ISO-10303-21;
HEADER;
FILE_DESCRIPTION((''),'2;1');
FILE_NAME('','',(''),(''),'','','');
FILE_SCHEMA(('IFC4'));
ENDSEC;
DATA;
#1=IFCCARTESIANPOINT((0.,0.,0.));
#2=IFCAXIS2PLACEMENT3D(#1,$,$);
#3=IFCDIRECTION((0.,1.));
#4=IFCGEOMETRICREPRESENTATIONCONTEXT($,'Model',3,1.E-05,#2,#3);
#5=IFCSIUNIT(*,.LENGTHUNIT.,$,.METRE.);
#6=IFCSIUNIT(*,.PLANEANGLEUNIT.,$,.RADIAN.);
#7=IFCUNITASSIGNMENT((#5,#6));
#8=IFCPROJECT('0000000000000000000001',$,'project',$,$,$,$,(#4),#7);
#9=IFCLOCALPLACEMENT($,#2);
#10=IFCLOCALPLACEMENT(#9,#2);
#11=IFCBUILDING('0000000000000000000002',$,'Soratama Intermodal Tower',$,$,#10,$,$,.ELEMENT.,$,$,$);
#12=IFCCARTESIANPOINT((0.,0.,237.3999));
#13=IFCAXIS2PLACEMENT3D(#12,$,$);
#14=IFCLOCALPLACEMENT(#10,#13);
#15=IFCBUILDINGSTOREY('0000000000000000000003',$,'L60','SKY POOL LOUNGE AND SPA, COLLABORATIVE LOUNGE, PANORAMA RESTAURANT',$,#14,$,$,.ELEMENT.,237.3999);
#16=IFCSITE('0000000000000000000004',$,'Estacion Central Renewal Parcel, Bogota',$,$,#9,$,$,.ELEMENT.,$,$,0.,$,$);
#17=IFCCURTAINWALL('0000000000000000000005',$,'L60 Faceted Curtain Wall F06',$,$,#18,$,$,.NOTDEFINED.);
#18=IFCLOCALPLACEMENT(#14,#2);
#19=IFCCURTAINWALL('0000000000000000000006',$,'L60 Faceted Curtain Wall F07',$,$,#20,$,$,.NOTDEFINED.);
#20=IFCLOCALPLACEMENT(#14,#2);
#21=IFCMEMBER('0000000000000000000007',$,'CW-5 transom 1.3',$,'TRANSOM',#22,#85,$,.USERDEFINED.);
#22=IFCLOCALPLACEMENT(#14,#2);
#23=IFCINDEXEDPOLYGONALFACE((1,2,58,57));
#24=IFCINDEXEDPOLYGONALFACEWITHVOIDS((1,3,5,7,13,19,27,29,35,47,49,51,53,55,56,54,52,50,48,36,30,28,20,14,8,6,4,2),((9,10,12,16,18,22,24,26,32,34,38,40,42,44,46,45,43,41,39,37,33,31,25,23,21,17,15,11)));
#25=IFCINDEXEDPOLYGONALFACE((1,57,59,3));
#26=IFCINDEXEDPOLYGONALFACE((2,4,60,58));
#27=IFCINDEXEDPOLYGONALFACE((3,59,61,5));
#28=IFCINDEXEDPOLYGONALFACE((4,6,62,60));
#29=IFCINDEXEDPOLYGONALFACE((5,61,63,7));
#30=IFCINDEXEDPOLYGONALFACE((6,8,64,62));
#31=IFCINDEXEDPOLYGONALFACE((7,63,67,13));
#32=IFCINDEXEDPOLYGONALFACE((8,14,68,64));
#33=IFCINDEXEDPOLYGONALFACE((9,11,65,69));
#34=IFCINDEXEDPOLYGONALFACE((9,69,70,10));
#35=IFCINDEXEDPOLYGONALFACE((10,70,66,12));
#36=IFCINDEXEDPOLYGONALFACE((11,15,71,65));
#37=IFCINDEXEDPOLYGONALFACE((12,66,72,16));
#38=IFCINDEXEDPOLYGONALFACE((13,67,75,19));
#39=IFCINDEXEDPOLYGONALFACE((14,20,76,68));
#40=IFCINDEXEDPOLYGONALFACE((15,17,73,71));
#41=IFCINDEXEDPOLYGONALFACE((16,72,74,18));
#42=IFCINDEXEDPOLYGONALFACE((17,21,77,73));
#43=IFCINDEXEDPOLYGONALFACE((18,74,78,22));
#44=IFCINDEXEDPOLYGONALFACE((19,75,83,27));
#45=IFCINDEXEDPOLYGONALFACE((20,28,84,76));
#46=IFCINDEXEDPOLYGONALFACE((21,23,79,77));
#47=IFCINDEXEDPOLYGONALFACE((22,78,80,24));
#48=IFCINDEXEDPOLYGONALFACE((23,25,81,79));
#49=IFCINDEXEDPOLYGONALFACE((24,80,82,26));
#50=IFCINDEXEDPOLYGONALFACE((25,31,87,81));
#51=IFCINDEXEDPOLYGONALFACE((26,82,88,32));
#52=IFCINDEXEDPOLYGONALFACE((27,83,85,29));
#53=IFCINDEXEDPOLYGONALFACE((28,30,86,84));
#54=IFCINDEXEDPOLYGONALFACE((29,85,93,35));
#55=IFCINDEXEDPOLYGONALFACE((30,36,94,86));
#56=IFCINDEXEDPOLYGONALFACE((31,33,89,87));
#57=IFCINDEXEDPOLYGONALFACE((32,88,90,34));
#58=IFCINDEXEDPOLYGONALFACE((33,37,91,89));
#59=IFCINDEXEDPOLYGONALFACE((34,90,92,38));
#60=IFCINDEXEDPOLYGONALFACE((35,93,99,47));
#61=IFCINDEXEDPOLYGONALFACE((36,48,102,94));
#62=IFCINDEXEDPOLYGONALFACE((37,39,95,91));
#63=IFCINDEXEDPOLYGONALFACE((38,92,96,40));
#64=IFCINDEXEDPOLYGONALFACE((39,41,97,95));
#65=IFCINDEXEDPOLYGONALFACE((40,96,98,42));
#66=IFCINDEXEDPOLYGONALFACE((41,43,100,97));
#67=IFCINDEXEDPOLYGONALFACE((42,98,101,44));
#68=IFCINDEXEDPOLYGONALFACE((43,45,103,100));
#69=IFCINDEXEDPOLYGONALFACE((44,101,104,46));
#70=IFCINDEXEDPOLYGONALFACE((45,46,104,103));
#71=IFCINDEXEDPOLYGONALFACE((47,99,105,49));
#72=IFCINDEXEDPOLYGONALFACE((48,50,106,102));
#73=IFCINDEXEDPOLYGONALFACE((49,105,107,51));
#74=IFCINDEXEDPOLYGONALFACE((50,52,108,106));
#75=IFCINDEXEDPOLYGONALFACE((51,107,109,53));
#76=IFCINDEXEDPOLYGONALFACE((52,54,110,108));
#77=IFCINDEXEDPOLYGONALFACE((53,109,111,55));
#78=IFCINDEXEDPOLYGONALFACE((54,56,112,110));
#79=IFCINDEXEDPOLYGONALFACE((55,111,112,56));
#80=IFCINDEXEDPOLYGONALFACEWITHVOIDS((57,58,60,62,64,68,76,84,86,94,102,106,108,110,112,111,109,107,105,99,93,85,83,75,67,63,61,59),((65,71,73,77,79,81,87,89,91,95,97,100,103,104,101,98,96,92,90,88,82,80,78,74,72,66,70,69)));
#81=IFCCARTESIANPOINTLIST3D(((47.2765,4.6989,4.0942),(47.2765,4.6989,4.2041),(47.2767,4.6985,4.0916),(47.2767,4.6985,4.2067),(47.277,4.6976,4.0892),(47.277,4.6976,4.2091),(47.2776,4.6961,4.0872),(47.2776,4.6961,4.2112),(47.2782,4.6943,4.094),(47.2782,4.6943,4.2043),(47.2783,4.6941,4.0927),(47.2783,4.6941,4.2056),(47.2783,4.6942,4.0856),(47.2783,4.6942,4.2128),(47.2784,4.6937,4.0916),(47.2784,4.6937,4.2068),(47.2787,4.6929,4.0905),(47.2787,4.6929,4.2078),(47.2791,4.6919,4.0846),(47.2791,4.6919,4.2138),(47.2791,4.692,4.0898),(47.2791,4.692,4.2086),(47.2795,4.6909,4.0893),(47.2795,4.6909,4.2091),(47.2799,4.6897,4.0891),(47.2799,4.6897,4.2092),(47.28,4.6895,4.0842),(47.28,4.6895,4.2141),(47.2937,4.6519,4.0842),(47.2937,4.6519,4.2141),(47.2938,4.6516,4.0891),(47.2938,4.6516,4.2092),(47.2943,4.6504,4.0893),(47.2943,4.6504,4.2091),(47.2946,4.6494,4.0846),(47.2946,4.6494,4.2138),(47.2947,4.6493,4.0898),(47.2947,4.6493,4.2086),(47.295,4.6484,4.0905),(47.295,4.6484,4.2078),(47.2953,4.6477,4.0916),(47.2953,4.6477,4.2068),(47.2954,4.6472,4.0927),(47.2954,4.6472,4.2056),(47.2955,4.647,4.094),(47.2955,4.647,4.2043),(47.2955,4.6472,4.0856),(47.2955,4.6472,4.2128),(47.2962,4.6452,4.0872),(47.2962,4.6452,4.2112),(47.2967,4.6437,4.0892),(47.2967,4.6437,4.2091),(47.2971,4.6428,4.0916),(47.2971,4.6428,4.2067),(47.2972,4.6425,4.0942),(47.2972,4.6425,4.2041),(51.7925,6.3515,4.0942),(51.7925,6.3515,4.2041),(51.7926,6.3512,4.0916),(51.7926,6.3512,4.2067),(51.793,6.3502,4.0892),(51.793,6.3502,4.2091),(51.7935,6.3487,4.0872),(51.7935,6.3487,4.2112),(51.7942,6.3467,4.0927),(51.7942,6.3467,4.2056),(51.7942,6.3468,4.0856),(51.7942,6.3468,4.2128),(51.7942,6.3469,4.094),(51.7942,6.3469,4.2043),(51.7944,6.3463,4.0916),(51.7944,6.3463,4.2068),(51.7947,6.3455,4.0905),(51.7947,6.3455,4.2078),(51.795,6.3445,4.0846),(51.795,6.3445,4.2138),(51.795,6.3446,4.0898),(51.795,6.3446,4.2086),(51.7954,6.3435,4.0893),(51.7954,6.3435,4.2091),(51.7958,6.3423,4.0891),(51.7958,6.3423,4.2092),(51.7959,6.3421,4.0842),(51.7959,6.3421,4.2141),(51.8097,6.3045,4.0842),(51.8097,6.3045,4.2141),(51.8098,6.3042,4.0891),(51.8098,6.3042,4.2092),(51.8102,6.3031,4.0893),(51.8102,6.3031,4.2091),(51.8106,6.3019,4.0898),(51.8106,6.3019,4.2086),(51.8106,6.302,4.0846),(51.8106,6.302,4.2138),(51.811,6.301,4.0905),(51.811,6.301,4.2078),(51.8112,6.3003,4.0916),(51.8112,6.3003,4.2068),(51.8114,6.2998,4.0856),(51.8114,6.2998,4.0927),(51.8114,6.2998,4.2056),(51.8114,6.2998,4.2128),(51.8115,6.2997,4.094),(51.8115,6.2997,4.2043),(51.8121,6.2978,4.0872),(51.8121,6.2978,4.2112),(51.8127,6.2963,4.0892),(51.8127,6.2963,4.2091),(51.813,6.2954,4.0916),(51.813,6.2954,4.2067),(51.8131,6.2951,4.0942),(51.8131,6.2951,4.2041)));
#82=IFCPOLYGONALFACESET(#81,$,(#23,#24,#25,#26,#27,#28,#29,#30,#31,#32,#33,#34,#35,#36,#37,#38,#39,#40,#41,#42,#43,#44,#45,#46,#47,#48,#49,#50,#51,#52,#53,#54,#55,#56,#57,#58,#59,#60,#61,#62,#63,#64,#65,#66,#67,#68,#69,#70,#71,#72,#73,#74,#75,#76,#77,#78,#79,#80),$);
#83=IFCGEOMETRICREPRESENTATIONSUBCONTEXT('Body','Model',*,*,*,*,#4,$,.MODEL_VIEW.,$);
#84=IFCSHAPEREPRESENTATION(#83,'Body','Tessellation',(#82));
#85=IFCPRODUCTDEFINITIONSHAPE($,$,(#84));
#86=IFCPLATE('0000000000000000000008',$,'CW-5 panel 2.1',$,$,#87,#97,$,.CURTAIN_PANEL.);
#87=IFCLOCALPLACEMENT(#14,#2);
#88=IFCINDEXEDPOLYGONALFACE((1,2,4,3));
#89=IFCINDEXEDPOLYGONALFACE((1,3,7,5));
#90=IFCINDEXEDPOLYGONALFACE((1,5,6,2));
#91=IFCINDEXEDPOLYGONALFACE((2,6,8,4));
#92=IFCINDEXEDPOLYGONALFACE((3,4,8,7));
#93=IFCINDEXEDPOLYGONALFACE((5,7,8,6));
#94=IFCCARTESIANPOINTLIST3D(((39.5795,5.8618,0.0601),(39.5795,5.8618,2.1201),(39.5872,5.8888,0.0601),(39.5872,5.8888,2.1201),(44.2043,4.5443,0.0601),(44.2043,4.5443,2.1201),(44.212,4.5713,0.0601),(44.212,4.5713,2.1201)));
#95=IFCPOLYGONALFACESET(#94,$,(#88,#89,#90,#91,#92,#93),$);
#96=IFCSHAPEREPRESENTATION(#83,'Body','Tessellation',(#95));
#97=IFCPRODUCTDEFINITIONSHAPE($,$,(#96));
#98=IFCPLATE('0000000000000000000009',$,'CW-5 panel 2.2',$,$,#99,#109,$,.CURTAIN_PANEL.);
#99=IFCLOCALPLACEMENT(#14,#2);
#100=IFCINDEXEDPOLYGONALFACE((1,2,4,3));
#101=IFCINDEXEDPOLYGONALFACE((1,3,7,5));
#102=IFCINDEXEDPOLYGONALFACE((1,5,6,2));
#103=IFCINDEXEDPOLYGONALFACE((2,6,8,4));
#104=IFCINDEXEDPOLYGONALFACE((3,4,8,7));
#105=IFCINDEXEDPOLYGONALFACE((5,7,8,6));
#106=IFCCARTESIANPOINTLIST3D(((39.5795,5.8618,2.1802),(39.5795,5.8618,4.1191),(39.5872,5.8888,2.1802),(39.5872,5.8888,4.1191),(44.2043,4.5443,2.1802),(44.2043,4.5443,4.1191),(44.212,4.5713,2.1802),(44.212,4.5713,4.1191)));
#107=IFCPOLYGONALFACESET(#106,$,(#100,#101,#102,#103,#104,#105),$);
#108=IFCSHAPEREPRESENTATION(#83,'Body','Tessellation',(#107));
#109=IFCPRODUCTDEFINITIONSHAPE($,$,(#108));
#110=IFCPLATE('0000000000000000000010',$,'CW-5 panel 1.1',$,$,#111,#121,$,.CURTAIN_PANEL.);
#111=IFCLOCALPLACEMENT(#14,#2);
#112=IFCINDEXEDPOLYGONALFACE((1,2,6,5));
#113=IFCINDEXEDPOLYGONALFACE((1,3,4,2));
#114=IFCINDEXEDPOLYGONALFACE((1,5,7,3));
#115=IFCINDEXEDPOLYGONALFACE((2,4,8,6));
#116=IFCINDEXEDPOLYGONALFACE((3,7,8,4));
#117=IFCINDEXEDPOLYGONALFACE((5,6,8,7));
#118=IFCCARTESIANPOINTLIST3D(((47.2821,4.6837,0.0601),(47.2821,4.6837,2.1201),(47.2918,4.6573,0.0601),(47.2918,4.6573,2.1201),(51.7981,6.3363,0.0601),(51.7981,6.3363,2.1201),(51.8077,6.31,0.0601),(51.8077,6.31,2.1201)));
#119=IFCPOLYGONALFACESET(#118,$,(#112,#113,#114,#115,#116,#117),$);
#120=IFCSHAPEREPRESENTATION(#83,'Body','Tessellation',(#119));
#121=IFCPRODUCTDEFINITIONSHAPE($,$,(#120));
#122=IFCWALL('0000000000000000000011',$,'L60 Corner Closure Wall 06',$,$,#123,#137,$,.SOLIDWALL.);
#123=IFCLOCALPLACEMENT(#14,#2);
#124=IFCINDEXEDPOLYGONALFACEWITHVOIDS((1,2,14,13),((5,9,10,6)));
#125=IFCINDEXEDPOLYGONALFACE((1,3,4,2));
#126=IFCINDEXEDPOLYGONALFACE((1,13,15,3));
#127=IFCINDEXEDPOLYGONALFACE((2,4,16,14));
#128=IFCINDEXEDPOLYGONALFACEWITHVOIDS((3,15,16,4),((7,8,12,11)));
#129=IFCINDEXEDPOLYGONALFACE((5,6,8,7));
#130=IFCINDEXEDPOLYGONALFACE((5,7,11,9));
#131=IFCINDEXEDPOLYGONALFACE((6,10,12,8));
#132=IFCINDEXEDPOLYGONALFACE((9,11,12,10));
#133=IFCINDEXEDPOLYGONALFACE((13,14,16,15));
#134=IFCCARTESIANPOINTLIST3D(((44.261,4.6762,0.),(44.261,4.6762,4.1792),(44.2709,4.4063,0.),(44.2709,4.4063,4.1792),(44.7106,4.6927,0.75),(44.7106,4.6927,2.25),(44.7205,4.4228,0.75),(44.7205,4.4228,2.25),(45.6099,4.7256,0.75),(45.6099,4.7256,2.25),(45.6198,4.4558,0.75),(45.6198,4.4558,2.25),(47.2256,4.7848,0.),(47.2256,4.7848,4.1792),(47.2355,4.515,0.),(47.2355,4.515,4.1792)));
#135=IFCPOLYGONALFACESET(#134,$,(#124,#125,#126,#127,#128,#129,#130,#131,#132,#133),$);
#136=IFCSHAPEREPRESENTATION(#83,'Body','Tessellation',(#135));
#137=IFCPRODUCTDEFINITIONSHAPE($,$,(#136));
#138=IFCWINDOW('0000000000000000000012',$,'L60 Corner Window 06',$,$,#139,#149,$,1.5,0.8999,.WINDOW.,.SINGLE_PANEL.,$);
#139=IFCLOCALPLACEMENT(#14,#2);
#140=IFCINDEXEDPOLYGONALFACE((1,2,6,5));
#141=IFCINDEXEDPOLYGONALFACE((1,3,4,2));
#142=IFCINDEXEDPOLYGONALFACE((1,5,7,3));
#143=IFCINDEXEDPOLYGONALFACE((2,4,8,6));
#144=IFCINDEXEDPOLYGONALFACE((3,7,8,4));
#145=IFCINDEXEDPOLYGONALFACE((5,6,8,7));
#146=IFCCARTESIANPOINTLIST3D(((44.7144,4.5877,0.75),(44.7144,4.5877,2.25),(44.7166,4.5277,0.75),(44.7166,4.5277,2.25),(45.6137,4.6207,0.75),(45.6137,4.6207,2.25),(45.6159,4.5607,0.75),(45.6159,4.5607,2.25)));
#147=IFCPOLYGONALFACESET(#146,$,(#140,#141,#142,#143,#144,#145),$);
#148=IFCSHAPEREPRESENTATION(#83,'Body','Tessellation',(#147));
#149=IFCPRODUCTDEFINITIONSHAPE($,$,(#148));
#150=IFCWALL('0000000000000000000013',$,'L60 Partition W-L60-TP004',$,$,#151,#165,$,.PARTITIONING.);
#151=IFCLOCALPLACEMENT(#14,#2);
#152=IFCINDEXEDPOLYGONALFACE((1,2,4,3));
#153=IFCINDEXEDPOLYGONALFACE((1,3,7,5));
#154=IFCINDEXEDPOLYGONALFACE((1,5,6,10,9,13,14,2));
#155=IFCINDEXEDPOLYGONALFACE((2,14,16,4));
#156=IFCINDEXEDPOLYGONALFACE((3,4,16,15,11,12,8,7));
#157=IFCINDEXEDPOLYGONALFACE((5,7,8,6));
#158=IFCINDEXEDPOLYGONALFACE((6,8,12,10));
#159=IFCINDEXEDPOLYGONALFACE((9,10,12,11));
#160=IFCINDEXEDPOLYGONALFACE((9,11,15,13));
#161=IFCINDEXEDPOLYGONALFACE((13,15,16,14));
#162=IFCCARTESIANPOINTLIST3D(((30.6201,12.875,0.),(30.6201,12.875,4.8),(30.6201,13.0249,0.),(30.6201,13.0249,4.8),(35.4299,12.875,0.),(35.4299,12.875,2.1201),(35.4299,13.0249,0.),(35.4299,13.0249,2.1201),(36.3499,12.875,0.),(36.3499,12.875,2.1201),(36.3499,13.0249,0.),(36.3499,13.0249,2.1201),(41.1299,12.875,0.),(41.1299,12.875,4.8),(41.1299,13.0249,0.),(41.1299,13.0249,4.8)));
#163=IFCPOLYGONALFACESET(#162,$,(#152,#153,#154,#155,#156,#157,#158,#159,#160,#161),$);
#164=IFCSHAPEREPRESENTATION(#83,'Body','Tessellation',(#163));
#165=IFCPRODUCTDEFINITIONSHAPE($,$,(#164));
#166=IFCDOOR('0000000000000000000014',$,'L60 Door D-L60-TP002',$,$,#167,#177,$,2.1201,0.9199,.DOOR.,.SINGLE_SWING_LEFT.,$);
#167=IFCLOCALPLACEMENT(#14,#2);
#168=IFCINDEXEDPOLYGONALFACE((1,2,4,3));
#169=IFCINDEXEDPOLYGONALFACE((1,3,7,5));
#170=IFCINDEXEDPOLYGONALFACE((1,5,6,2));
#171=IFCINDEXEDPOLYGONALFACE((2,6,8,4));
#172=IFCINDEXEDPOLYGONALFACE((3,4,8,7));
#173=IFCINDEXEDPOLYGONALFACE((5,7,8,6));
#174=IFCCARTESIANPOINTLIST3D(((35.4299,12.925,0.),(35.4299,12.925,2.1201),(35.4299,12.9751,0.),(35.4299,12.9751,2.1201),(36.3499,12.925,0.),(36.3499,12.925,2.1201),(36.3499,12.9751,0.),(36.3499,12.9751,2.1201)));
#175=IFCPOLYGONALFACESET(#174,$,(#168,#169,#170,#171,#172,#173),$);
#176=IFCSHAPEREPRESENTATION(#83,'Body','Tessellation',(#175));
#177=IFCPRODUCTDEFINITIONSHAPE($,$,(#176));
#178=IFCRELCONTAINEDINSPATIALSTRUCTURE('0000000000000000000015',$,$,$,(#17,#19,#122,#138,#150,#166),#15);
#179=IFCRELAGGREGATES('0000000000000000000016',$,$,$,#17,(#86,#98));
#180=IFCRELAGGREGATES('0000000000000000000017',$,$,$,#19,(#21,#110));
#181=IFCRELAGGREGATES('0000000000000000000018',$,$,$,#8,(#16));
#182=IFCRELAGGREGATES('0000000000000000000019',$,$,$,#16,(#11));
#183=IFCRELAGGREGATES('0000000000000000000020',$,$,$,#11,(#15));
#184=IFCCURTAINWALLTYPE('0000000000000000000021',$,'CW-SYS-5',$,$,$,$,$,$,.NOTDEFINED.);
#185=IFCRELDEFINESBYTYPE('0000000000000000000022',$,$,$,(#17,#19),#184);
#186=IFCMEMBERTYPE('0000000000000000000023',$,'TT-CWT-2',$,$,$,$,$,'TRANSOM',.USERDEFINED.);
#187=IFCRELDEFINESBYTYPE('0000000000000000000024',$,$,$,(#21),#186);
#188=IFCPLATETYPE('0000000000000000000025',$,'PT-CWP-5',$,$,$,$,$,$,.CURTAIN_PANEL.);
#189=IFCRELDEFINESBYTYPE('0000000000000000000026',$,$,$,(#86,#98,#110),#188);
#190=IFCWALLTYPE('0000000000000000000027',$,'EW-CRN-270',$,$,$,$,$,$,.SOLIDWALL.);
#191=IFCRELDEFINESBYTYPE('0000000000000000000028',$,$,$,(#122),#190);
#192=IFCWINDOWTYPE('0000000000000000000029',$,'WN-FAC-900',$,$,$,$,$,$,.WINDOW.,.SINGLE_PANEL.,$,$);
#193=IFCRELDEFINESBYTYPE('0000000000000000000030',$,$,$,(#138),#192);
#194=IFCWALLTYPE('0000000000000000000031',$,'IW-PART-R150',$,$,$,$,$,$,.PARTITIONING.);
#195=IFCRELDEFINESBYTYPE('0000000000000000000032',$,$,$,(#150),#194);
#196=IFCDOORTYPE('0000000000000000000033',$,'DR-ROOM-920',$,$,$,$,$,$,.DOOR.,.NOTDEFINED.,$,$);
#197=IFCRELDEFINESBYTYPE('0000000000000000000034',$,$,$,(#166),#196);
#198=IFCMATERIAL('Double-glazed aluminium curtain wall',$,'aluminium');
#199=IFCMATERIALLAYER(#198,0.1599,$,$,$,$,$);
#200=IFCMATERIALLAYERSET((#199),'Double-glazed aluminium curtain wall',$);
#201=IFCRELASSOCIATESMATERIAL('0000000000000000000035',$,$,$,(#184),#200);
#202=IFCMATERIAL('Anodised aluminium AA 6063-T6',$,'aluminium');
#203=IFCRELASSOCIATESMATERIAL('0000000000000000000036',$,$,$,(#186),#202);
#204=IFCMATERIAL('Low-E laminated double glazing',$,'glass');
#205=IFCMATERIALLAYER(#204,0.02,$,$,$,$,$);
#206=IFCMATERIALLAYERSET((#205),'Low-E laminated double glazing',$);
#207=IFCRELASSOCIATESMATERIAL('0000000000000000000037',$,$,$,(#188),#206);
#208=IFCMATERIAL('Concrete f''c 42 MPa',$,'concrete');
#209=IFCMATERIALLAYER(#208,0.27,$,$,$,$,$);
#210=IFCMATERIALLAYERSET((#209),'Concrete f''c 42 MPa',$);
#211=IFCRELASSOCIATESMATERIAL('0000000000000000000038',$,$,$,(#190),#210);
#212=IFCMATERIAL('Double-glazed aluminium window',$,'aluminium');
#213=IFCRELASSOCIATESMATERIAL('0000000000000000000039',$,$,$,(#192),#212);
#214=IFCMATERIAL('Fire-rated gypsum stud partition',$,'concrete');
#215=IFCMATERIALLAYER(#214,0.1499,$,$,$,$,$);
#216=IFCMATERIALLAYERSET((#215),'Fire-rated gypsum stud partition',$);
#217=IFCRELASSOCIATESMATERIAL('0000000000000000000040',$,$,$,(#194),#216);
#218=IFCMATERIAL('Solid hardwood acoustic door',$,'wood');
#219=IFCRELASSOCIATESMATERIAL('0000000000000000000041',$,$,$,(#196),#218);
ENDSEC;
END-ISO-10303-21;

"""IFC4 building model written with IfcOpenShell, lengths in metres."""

from ifc_helpers import new_model, si_unit, direction, frame, frame_2d, origin, origin_2d, place, context, subcontext, project, spatial, rectangle, hollow_rectangle, extrude, material, layer, layer_set, material_profile, profile_set, type_object, element, fill, aggregate, save


model = new_model("IFC4")

# Units and contexts
model_context = context("Model", 3, precision=1e-05, world=origin(), true_north=direction((0.0, 1.0)))
body_context = subcontext(model_context, "Body", "Model", "MODEL_VIEW")
ifc_project = project(units=[si_unit("LENGTHUNIT", "METRE"), si_unit("PLANEANGLEUNIT", "RADIAN")], contexts=[model_context])

# Site, building, storey
site_placement = place(None, origin())
site = spatial("IfcSite", under=ifc_project, at=site_placement, Name="Estacion Central Renewal Parcel, Bogota", CompositionType="ELEMENT", RefElevation=0.0)
building_placement = place(site_placement, origin())
building = spatial("IfcBuilding", under=site, at=building_placement, Name="Soratama Intermodal Tower", CompositionType="ELEMENT")
storey_placement = place(building_placement, frame((0.0, 0.0, 237.3999)))
storey = spatial("IfcBuildingStorey", under=building, at=storey_placement, Name="L60", Description="SKY POOL LOUNGE AND SPA, COLLABORATIVE LOUNGE, PANORAMA RESTAURANT", CompositionType="ELEMENT", Elevation=237.3999)

# Curtain wall
ifc_material_1 = material(Name="Double-glazed aluminium curtain wall", Category="aluminium")
ifc_layer_1 = layer(ifc_material_1, 0.1599)
ifc_layer_set_1 = layer_set([ifc_layer_1], Name="Double-glazed aluminium curtain wall")
curtain_wall_type = type_object("IfcCurtainWallType", Name="CW-SYS-5", PredefinedType="NOTDEFINED", material=ifc_layer_set_1)
curtain_wall_1_placement = place(storey_placement, origin())
curtain_wall_1 = element("IfcCurtainWall", 1, at=curtain_wall_1_placement, inside=storey, type_object=curtain_wall_type, Name="L60 Faceted Curtain Wall F06", PredefinedType="NOTDEFINED")

# Curtain wall, member
curtain_wall_2_placement = place(storey_placement, origin())
curtain_wall_2 = element("IfcCurtainWall", 2, at=curtain_wall_2_placement, inside=storey, type_object=curtain_wall_type, Name="L60 Faceted Curtain Wall F07", PredefinedType="NOTDEFINED")
ifc_material_2 = material(Name="Anodised aluminium AA 6063-T6", Category="aluminium")
ifc_material_profile_1 = material_profile(ifc_material_2, hollow_rectangle(XDim=0.0601, YDim=0.1299, WallThickness=0.0049, InnerFilletRadius=0.0049, OuterFilletRadius=0.01, at=origin_2d()), Name="CWT130X60X5")
ifc_profile_set_1 = profile_set([ifc_material_profile_1], Name="Anodised aluminium AA 6063-T6")
member_type_1 = type_object("IfcMemberType", Name="TT-CWT-2", ElementType="TRANSOM", PredefinedType="USERDEFINED", material=ifc_profile_set_1)
member_1_placement = place(storey_placement, frame((47.2869, 4.6707, 4.1492), z_axis=(0.939093, 0.343662, 0.0), x_axis=(-0.343662, 0.939093, 0.0)))
member_1 = element("IfcMember", 3, at=member_1_placement, type_object=member_type_1, Name="CW-5 transom 1.3", ObjectType="TRANSOM", PredefinedType="USERDEFINED", context=body_context, shape_type="SweptSolid", body=[
    extrude(hollow_rectangle(XDim=0.0601, YDim=0.1299, WallThickness=0.0049, InnerFilletRadius=0.0049, OuterFilletRadius=0.01, at=origin_2d()), origin(), (0.0, 0.0, 1.0), 4.8088),
])

# Plates
ifc_material_3 = material(Name="Low-E laminated double glazing", Category="glass")
ifc_layer_2 = layer(ifc_material_3, 0.02)
ifc_layer_set_2 = layer_set([ifc_layer_2], Name="Low-E laminated double glazing")
plate_type = type_object("IfcPlateType", Name="PT-CWP-5", PredefinedType="CURTAIN_PANEL", material=ifc_layer_set_2)
plate_1_placement = place(storey_placement, frame((41.8958, 5.2166, 0.0601), z_axis=(0.0, 0.0, 1.0), x_axis=(0.96174, -0.273963, 0.0)))
plate_1 = element("IfcPlate", 4, at=plate_1_placement, type_object=plate_type, Name="CW-5 panel 2.1", PredefinedType="CURTAIN_PANEL", context=body_context, shape_type="SweptSolid", body=[
    extrude(rectangle(XDim=4.8088, YDim=0.0281, at=origin_2d()), origin(), (0.0, 0.0, 1.0), 2.0601),
])
plate_2_placement = place(storey_placement, frame((41.8958, 5.2166, 2.1802), z_axis=(0.0, 0.0, 1.0), x_axis=(0.96174, -0.273963, 0.0)))
plate_2 = element("IfcPlate", 5, at=plate_2_placement, type_object=plate_type, Name="CW-5 panel 2.2", PredefinedType="CURTAIN_PANEL", context=body_context, shape_type="SweptSolid", body=[
    extrude(rectangle(XDim=4.8088, YDim=0.0281, at=origin_2d()), origin(), (0.0, 0.0, 1.0), 1.939),
])
aggregate(curtain_wall_1, [plate_1, plate_2])
plate_3_placement = place(storey_placement, frame((49.5449, 5.4968, 0.0601), z_axis=(0.0, 0.0, 1.0), x_axis=(0.939093, 0.343664, 0.0)))
plate_3 = element("IfcPlate", 6, at=plate_3_placement, type_object=plate_type, Name="CW-5 panel 1.1", PredefinedType="CURTAIN_PANEL", context=body_context, shape_type="SweptSolid", body=[
    extrude(rectangle(XDim=4.8088, YDim=0.0281, at=origin_2d()), origin(), (0.0, 0.0, 1.0), 2.0601),
])
aggregate(curtain_wall_2, [member_1, plate_3])

# Wall, opening, window
ifc_material_4 = material(Name="Concrete f'c 42 MPa", Category="concrete")
ifc_layer_3 = layer(ifc_material_4, 0.27)
ifc_layer_set_3 = layer_set([ifc_layer_3], Name="Concrete f'c 42 MPa")
wall_type_1 = type_object("IfcWallType", Name="EW-CRN-270", PredefinedType="SOLIDWALL", material=ifc_layer_set_3)
wall_1_placement = place(storey_placement, frame((44.2659, 4.5413, 0.0), z_axis=(0.0, 0.0, 1.0), x_axis=(0.999329, 0.036622, 0.0)))
wall_1 = element("IfcWall", 7, at=wall_1_placement, inside=storey, type_object=wall_type_1, Name="L60 Corner Closure Wall 06", PredefinedType="SOLIDWALL", context=body_context, shape_type="SweptSolid", body=[
    extrude(rectangle(XDim=2.9666, YDim=0.27, at=frame_2d((1.4834, 0.0))), origin(), (0.0, 0.0, 1.0), 4.1792),
])
opening_1_placement = place(wall_1_placement, frame((0.45, 0.0, 0.75)))
opening_1 = element("IfcOpeningElement", 8, at=opening_1_placement, cuts=wall_1, PredefinedType="OPENING", context=body_context, shape_type="SweptSolid", body=[
    extrude(rectangle(XDim=0.8999, YDim=1.5, at=frame_2d((0.45, 0.75))), frame((0.0, 0.145, 0.0), z_axis=(0.0, -1.0, 0.0), x_axis=(1.0, 0.0, 0.0)), (0.0, 0.0, 1.0), 0.29),
])
ifc_material_5 = material(Name="Double-glazed aluminium window", Category="aluminium")
window_type = type_object("IfcWindowType", Name="WN-FAC-900", PartitioningType="SINGLE_PANEL", PredefinedType="WINDOW", material=ifc_material_5)
window_placement = place(opening_1_placement, origin())
window = element("IfcWindow", 9, at=window_placement, inside=storey, type_object=window_type, Name="L60 Corner Window 06", OverallHeight=1.5, OverallWidth=0.8999, PartitioningType="SINGLE_PANEL", PredefinedType="WINDOW", context=body_context, shape_type="SweptSolid", body=[
    extrude(rectangle(XDim=0.8999, YDim=1.5, at=frame_2d((0.45, 0.75))), frame((0.0, 0.03, 0.0), z_axis=(0.0, -1.0, 0.0), x_axis=(1.0, 0.0, 0.0)), (0.0, 0.0, 1.0), 0.0601),
])
fill(opening_1, window)

# Wall, opening, door
ifc_material_6 = material(Name="Fire-rated gypsum stud partition", Category="concrete")
ifc_layer_4 = layer(ifc_material_6, 0.1499)
ifc_layer_set_4 = layer_set([ifc_layer_4], Name="Fire-rated gypsum stud partition")
wall_type_2 = type_object("IfcWallType", Name="IW-PART-R150", PredefinedType="PARTITIONING", material=ifc_layer_set_4)
wall_2_placement = place(storey_placement, frame((41.1299, 12.95, 0.0), z_axis=(0.0, 0.0, 1.0), x_axis=(-1.0, 0.0, 0.0)))
wall_2 = element("IfcWall", 10, at=wall_2_placement, inside=storey, type_object=wall_type_2, Name="L60 Partition W-L60-TP004", PredefinedType="PARTITIONING", context=body_context, shape_type="SweptSolid", body=[
    extrude(rectangle(XDim=10.5098, YDim=0.1499, at=frame_2d((5.2549, 0.0))), origin(), (0.0, 0.0, 1.0), 4.8),
])
opening_2_placement = place(wall_2_placement, frame((4.78, 0.0, 0.0)))
opening_2 = element("IfcOpeningElement", 11, at=opening_2_placement, cuts=wall_2, PredefinedType="OPENING", context=body_context, shape_type="SweptSolid", body=[
    extrude(rectangle(XDim=0.9199, YDim=2.1201, at=frame_2d((0.46, 1.0601))), frame((0.0, 0.085, 0.0), z_axis=(0.0, -1.0, 0.0), x_axis=(1.0, 0.0, 0.0)), (0.0, 0.0, 1.0), 0.1699),
])
ifc_material_7 = material(Name="Solid hardwood acoustic door", Category="wood")
door_type = type_object("IfcDoorType", Name="DR-ROOM-920", OperationType="NOTDEFINED", PredefinedType="DOOR", material=ifc_material_7)
door_placement = place(opening_2_placement, origin())
door = element("IfcDoor", 12, at=door_placement, inside=storey, type_object=door_type, Name="L60 Door D-L60-TP002", OperationType="SINGLE_SWING_LEFT", OverallHeight=2.1201, OverallWidth=0.9199, PredefinedType="DOOR", context=body_context, shape_type="SweptSolid", body=[
    extrude(rectangle(XDim=0.9199, YDim=2.1201, at=frame_2d((0.46, 1.0601))), frame((0.0, 0.0249, 0.0), z_axis=(0.0, -1.0, 0.0), x_axis=(1.0, 0.0, 0.0)), (0.0, 0.0, 1.0), 0.05),
])
fill(opening_2, door)

save(model, "model.ifc")
